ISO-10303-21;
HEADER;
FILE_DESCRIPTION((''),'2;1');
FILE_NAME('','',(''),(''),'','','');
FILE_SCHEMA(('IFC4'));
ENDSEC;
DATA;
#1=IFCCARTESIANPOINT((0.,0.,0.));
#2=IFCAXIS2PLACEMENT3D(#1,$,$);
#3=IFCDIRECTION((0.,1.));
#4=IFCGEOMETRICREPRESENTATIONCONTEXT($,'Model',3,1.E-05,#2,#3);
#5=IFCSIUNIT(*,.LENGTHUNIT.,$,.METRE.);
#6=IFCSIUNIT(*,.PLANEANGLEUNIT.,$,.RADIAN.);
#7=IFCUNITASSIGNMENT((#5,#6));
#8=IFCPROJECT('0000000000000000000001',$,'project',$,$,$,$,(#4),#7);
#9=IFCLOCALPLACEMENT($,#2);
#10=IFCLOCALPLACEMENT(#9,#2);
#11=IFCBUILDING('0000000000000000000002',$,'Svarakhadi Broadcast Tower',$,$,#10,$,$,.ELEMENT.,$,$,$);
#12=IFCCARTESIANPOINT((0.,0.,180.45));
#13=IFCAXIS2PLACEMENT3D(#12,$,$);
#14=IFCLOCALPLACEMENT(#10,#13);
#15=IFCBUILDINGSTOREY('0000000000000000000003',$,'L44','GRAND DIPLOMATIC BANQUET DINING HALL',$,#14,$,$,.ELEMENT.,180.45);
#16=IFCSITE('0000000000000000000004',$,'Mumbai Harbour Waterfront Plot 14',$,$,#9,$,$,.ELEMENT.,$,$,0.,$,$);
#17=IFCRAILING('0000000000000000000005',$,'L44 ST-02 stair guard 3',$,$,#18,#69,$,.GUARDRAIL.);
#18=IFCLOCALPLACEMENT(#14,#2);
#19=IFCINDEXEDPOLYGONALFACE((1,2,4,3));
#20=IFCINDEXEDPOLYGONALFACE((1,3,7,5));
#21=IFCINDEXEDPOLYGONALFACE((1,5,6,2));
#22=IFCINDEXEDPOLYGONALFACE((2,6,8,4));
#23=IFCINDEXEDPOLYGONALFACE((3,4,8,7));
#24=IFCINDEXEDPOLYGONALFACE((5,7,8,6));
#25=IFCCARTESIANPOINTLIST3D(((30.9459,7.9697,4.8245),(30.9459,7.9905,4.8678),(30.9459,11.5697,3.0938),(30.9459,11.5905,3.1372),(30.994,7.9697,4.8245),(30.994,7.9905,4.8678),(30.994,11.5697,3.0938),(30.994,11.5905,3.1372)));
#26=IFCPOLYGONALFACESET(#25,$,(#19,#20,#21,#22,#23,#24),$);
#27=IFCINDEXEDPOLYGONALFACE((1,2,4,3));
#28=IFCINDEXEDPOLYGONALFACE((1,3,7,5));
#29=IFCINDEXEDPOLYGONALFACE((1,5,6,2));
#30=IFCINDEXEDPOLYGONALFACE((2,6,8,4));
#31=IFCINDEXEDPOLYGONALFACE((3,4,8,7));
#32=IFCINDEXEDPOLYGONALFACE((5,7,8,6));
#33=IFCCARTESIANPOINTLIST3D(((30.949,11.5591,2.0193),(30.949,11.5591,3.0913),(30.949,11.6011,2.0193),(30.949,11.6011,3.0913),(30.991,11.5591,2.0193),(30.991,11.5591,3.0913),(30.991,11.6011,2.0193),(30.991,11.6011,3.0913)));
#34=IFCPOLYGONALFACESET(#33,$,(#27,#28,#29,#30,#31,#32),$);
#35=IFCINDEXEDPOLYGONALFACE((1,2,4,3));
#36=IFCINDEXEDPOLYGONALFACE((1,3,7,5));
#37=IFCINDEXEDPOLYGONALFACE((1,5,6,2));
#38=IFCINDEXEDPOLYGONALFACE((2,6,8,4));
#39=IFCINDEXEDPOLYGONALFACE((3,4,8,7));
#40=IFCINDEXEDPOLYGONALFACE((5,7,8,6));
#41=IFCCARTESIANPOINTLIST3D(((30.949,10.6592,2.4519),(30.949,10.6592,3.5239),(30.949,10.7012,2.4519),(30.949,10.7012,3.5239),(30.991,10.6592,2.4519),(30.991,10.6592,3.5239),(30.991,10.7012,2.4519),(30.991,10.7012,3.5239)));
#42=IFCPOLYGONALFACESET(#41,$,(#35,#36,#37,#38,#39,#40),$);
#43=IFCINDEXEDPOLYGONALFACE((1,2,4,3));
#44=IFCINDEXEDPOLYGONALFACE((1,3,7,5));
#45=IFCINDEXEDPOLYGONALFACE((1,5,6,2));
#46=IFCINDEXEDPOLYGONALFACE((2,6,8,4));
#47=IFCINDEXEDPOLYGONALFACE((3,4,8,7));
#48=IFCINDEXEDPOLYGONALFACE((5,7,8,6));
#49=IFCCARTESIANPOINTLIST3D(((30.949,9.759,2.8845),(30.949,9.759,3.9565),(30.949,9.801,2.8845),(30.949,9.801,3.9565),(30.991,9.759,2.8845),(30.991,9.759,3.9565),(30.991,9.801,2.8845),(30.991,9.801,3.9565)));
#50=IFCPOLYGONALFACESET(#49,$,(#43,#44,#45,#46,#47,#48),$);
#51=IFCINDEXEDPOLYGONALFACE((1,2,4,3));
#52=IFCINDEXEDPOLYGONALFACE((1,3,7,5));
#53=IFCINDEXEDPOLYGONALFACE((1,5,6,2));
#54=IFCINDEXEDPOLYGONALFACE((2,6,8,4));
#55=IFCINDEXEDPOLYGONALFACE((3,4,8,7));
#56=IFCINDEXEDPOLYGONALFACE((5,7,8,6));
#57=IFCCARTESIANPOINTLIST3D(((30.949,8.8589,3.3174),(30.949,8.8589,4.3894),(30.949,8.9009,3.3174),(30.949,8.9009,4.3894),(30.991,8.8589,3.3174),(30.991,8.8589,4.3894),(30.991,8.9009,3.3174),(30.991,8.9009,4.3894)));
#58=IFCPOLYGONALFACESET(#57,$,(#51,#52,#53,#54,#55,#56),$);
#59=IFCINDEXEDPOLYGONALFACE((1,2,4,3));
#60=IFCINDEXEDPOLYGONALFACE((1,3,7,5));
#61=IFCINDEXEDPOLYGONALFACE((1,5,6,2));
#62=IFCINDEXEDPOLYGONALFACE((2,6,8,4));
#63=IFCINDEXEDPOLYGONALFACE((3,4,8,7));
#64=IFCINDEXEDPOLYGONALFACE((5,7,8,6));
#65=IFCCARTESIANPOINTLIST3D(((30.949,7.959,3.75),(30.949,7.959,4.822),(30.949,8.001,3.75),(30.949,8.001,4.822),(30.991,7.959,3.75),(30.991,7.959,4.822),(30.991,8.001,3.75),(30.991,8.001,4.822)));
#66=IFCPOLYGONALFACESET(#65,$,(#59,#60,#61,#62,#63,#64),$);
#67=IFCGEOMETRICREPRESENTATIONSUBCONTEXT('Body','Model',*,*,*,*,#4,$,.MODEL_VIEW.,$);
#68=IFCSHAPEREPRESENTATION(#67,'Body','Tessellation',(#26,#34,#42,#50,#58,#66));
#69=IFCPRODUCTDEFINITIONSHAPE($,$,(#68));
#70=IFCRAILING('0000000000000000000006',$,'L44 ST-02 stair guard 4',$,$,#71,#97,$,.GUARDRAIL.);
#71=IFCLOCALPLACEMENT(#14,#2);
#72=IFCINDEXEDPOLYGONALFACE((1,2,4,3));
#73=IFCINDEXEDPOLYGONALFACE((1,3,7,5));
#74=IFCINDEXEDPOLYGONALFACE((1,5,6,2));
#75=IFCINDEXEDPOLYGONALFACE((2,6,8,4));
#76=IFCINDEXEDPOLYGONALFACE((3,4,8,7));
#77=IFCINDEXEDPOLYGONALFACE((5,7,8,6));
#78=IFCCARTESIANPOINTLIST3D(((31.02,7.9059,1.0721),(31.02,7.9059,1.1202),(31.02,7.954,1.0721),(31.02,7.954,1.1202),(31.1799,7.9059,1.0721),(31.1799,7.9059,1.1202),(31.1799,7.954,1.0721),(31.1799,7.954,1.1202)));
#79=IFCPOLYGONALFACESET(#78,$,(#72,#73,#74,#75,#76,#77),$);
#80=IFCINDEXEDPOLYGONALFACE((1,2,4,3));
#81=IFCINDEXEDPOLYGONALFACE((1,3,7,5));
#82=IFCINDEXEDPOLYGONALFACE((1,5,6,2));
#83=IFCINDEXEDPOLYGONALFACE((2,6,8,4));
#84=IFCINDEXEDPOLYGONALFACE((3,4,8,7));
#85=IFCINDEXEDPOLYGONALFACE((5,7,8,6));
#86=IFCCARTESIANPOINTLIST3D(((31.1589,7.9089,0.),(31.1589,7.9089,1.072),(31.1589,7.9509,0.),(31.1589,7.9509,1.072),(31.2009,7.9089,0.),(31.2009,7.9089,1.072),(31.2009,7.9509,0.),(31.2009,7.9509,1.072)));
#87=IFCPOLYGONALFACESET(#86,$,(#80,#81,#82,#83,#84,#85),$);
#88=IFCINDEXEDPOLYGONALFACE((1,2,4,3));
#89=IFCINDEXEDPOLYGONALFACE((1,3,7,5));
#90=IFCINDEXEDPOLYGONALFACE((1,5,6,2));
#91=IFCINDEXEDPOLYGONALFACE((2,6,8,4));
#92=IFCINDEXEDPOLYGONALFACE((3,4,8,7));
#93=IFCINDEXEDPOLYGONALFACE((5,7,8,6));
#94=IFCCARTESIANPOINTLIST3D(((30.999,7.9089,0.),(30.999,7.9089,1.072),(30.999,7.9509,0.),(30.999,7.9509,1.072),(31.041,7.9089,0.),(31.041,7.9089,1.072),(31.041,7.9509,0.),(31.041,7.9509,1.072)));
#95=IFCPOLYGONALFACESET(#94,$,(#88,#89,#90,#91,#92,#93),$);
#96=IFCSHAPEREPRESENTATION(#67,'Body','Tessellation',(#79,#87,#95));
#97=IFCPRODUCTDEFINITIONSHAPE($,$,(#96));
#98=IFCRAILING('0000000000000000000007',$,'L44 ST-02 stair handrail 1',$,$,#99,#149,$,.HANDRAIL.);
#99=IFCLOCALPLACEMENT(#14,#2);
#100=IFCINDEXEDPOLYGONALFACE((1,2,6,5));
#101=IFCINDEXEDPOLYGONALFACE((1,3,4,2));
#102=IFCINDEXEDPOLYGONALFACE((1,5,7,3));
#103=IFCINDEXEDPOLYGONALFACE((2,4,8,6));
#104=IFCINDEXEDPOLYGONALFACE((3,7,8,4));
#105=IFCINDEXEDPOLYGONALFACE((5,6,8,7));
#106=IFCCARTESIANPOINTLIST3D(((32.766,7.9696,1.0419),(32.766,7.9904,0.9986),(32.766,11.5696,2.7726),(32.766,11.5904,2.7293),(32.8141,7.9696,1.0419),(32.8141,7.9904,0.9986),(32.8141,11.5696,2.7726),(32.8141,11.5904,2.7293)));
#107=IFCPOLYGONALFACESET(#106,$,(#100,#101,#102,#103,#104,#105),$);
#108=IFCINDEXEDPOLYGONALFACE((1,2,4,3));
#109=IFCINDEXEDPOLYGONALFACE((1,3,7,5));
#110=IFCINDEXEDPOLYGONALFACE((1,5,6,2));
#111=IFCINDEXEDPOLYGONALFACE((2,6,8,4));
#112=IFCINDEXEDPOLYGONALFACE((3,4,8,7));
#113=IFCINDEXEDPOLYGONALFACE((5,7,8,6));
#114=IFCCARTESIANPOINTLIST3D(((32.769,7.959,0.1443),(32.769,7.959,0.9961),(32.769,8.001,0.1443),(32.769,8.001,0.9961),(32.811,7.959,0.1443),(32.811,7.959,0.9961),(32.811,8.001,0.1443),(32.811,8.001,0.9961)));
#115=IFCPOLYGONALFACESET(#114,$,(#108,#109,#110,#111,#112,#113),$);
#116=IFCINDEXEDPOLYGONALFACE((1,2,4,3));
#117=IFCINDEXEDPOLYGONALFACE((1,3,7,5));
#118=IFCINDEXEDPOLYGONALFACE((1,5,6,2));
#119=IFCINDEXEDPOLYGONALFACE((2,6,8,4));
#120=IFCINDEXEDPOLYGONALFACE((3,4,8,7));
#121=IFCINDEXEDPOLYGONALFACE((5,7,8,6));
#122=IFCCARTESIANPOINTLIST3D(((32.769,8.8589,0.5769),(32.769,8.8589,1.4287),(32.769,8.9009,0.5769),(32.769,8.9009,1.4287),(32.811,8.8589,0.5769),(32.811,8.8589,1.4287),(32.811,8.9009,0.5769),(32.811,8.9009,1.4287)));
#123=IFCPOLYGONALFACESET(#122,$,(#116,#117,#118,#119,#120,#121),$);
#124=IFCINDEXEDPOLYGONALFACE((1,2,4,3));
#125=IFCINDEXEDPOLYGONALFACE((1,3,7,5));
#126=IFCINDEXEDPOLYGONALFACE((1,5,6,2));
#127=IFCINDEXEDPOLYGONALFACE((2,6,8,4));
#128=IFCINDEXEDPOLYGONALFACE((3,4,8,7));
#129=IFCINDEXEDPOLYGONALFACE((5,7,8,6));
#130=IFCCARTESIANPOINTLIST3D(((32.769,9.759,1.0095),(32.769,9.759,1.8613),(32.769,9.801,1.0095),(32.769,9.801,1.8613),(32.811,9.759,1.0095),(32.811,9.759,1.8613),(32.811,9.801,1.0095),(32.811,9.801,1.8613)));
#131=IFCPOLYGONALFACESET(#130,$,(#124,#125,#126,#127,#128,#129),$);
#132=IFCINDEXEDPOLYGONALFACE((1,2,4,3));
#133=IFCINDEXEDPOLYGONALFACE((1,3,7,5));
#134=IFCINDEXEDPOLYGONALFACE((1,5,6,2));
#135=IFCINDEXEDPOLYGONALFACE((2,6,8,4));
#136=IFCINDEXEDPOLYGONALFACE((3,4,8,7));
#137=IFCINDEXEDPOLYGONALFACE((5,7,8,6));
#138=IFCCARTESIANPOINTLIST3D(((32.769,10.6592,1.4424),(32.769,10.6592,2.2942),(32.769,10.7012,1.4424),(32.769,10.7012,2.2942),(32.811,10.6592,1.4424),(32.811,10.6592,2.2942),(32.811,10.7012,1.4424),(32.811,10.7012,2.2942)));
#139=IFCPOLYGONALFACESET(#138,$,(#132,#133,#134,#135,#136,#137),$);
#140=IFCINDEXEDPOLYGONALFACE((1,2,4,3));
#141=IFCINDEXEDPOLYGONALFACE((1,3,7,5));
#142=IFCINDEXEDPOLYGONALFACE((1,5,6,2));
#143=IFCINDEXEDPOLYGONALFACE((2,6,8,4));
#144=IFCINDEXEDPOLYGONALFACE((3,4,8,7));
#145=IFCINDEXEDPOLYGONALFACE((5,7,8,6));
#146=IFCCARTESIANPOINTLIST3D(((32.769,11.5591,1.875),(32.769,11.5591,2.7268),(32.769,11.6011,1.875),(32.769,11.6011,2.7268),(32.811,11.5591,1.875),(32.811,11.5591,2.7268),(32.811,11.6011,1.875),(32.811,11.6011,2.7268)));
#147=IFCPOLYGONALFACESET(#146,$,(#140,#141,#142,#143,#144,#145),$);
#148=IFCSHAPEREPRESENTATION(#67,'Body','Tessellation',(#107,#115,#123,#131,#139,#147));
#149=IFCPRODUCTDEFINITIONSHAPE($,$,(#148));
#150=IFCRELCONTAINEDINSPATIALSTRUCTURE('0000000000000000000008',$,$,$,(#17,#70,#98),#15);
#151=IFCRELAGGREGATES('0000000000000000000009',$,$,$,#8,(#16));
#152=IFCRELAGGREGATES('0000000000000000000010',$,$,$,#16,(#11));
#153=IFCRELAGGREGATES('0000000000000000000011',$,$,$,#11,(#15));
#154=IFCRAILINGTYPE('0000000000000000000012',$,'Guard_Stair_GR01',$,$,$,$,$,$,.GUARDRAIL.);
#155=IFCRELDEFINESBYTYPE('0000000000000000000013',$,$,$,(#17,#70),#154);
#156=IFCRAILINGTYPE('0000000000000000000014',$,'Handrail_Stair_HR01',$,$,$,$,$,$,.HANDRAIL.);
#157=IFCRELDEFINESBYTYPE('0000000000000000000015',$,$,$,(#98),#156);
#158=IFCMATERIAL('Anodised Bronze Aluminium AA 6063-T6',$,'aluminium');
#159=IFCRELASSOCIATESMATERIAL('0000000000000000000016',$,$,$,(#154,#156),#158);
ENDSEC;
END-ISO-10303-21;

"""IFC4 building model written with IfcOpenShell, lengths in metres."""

from ifc_helpers import new_model, si_unit, direction, frame, origin, origin_2d, place, context, subcontext, project, spatial, rectangle, extrude, material, type_object, element, save


model = new_model("IFC4")

# Units and contexts
model_context = context("Model", 3, precision=1e-05, world=origin(), true_north=direction((0.0, 1.0)))
body_context = subcontext(model_context, "Body", "Model", "MODEL_VIEW")
ifc_project = project(units=[si_unit("LENGTHUNIT", "METRE"), si_unit("PLANEANGLEUNIT", "RADIAN")], contexts=[model_context])

# Site, building, storey
site_placement = place(None, origin())
site = spatial("IfcSite", under=ifc_project, at=site_placement, Name="Mumbai Harbour Waterfront Plot 14", CompositionType="ELEMENT", RefElevation=0.0)
building_placement = place(site_placement, origin())
building = spatial("IfcBuilding", under=site, at=building_placement, Name="Svarakhadi Broadcast Tower", CompositionType="ELEMENT")
storey_placement = place(building_placement, frame((0.0, 0.0, 180.45)))
storey = spatial("IfcBuildingStorey", under=building, at=storey_placement, Name="L44", Description="GRAND DIPLOMATIC BANQUET DINING HALL", CompositionType="ELEMENT", Elevation=180.45)

# Shared definitions
ifc_material_1 = material(Name="Anodised Bronze Aluminium AA 6063-T6", Category="aluminium")

# Railings
railing_type_1 = type_object("IfcRailingType", Name="Guard_Stair_GR01", PredefinedType="GUARDRAIL", material=ifc_material_1)
railing_1_placement = place(storey_placement, frame((30.97, 11.5801, 2.0193)))
element("IfcRailing", 1, at=railing_1_placement, inside=storey, type_object=railing_type_1, Name="L44 ST-02 stair guard 3", PredefinedType="GUARDRAIL", context=body_context, shape_type="SweptSolid", body=[
    extrude(rectangle(XDim=0.0481, YDim=0.0481, at=origin_2d()), frame((0.0, 0.0, 1.0962), z_axis=(0.0, -0.901263, 0.433273), x_axis=(1.0, 0.0, 0.0)), (0.0, 0.0, 1.0), 3.9944),
    extrude(rectangle(XDim=0.042, YDim=0.042, at=origin_2d()), origin(), (0.0, 0.0, 1.0), 1.072),
    extrude(rectangle(XDim=0.042, YDim=0.042, at=origin_2d()), frame((0.0, -0.8999, 0.4326)), (0.0, 0.0, 1.0), 1.072),
    extrude(rectangle(XDim=0.042, YDim=0.042, at=origin_2d()), frame((0.0, -1.8, 0.8652)), (0.0, 0.0, 1.0), 1.072),
    extrude(rectangle(XDim=0.042, YDim=0.042, at=origin_2d()), frame((0.0, -2.7002, 1.2981)), (0.0, 0.0, 1.0), 1.072),
    extrude(rectangle(XDim=0.042, YDim=0.042, at=origin_2d()), frame((0.0, -3.6001, 1.7307)), (0.0, 0.0, 1.0), 1.072),
])
railing_2_placement = place(storey_placement, frame((31.1799, 7.9299, 0.0)))
element("IfcRailing", 2, at=railing_2_placement, inside=storey, type_object=railing_type_1, Name="L44 ST-02 stair guard 4", PredefinedType="GUARDRAIL", context=body_context, shape_type="SweptSolid", body=[
    extrude(rectangle(XDim=0.0481, YDim=0.0481, at=origin_2d()), frame((0.0, 0.0, 1.0962), z_axis=(-1.0, 0.0, 0.0), x_axis=(0.0, -1.0, 0.0)), (0.0, 0.0, 1.0), 0.1599),
    extrude(rectangle(XDim=0.042, YDim=0.042, at=origin_2d()), origin(), (0.0, 0.0, 1.0), 1.072),
    extrude(rectangle(XDim=0.042, YDim=0.042, at=origin_2d()), frame((-0.1599, 0.0, 0.0)), (0.0, 0.0, 1.0), 1.072),
])
railing_type_2 = type_object("IfcRailingType", Name="Handrail_Stair_HR01", PredefinedType="HANDRAIL", material=ifc_material_1)
railing_3_placement = place(storey_placement, frame((32.79, 7.98, 0.1443)))
element("IfcRailing", 3, at=railing_3_placement, inside=storey, type_object=railing_type_2, Name="L44 ST-02 stair handrail 1", PredefinedType="HANDRAIL", context=body_context, shape_type="SweptSolid", body=[
    extrude(rectangle(XDim=0.0481, YDim=0.0481, at=origin_2d()), frame((0.0, 0.0, 0.876), z_axis=(0.0, 0.901263, 0.433273), x_axis=(-1.0, 0.0, 0.0)), (0.0, 0.0, 1.0), 3.9944),
    extrude(rectangle(XDim=0.042, YDim=0.042, at=origin_2d()), origin(), (0.0, 0.0, 1.0), 0.8518),
    extrude(rectangle(XDim=0.042, YDim=0.042, at=origin_2d()), frame((0.0, 0.8999, 0.4326)), (0.0, 0.0, 1.0), 0.8518),
    extrude(rectangle(XDim=0.042, YDim=0.042, at=origin_2d()), frame((0.0, 1.8, 0.8652)), (0.0, 0.0, 1.0), 0.8518),
    extrude(rectangle(XDim=0.042, YDim=0.042, at=origin_2d()), frame((0.0, 2.7002, 1.2981)), (0.0, 0.0, 1.0), 0.8518),
    extrude(rectangle(XDim=0.042, YDim=0.042, at=origin_2d()), frame((0.0, 3.6001, 1.7307)), (0.0, 0.0, 1.0), 0.8518),
])

save(model, "model.ifc")
